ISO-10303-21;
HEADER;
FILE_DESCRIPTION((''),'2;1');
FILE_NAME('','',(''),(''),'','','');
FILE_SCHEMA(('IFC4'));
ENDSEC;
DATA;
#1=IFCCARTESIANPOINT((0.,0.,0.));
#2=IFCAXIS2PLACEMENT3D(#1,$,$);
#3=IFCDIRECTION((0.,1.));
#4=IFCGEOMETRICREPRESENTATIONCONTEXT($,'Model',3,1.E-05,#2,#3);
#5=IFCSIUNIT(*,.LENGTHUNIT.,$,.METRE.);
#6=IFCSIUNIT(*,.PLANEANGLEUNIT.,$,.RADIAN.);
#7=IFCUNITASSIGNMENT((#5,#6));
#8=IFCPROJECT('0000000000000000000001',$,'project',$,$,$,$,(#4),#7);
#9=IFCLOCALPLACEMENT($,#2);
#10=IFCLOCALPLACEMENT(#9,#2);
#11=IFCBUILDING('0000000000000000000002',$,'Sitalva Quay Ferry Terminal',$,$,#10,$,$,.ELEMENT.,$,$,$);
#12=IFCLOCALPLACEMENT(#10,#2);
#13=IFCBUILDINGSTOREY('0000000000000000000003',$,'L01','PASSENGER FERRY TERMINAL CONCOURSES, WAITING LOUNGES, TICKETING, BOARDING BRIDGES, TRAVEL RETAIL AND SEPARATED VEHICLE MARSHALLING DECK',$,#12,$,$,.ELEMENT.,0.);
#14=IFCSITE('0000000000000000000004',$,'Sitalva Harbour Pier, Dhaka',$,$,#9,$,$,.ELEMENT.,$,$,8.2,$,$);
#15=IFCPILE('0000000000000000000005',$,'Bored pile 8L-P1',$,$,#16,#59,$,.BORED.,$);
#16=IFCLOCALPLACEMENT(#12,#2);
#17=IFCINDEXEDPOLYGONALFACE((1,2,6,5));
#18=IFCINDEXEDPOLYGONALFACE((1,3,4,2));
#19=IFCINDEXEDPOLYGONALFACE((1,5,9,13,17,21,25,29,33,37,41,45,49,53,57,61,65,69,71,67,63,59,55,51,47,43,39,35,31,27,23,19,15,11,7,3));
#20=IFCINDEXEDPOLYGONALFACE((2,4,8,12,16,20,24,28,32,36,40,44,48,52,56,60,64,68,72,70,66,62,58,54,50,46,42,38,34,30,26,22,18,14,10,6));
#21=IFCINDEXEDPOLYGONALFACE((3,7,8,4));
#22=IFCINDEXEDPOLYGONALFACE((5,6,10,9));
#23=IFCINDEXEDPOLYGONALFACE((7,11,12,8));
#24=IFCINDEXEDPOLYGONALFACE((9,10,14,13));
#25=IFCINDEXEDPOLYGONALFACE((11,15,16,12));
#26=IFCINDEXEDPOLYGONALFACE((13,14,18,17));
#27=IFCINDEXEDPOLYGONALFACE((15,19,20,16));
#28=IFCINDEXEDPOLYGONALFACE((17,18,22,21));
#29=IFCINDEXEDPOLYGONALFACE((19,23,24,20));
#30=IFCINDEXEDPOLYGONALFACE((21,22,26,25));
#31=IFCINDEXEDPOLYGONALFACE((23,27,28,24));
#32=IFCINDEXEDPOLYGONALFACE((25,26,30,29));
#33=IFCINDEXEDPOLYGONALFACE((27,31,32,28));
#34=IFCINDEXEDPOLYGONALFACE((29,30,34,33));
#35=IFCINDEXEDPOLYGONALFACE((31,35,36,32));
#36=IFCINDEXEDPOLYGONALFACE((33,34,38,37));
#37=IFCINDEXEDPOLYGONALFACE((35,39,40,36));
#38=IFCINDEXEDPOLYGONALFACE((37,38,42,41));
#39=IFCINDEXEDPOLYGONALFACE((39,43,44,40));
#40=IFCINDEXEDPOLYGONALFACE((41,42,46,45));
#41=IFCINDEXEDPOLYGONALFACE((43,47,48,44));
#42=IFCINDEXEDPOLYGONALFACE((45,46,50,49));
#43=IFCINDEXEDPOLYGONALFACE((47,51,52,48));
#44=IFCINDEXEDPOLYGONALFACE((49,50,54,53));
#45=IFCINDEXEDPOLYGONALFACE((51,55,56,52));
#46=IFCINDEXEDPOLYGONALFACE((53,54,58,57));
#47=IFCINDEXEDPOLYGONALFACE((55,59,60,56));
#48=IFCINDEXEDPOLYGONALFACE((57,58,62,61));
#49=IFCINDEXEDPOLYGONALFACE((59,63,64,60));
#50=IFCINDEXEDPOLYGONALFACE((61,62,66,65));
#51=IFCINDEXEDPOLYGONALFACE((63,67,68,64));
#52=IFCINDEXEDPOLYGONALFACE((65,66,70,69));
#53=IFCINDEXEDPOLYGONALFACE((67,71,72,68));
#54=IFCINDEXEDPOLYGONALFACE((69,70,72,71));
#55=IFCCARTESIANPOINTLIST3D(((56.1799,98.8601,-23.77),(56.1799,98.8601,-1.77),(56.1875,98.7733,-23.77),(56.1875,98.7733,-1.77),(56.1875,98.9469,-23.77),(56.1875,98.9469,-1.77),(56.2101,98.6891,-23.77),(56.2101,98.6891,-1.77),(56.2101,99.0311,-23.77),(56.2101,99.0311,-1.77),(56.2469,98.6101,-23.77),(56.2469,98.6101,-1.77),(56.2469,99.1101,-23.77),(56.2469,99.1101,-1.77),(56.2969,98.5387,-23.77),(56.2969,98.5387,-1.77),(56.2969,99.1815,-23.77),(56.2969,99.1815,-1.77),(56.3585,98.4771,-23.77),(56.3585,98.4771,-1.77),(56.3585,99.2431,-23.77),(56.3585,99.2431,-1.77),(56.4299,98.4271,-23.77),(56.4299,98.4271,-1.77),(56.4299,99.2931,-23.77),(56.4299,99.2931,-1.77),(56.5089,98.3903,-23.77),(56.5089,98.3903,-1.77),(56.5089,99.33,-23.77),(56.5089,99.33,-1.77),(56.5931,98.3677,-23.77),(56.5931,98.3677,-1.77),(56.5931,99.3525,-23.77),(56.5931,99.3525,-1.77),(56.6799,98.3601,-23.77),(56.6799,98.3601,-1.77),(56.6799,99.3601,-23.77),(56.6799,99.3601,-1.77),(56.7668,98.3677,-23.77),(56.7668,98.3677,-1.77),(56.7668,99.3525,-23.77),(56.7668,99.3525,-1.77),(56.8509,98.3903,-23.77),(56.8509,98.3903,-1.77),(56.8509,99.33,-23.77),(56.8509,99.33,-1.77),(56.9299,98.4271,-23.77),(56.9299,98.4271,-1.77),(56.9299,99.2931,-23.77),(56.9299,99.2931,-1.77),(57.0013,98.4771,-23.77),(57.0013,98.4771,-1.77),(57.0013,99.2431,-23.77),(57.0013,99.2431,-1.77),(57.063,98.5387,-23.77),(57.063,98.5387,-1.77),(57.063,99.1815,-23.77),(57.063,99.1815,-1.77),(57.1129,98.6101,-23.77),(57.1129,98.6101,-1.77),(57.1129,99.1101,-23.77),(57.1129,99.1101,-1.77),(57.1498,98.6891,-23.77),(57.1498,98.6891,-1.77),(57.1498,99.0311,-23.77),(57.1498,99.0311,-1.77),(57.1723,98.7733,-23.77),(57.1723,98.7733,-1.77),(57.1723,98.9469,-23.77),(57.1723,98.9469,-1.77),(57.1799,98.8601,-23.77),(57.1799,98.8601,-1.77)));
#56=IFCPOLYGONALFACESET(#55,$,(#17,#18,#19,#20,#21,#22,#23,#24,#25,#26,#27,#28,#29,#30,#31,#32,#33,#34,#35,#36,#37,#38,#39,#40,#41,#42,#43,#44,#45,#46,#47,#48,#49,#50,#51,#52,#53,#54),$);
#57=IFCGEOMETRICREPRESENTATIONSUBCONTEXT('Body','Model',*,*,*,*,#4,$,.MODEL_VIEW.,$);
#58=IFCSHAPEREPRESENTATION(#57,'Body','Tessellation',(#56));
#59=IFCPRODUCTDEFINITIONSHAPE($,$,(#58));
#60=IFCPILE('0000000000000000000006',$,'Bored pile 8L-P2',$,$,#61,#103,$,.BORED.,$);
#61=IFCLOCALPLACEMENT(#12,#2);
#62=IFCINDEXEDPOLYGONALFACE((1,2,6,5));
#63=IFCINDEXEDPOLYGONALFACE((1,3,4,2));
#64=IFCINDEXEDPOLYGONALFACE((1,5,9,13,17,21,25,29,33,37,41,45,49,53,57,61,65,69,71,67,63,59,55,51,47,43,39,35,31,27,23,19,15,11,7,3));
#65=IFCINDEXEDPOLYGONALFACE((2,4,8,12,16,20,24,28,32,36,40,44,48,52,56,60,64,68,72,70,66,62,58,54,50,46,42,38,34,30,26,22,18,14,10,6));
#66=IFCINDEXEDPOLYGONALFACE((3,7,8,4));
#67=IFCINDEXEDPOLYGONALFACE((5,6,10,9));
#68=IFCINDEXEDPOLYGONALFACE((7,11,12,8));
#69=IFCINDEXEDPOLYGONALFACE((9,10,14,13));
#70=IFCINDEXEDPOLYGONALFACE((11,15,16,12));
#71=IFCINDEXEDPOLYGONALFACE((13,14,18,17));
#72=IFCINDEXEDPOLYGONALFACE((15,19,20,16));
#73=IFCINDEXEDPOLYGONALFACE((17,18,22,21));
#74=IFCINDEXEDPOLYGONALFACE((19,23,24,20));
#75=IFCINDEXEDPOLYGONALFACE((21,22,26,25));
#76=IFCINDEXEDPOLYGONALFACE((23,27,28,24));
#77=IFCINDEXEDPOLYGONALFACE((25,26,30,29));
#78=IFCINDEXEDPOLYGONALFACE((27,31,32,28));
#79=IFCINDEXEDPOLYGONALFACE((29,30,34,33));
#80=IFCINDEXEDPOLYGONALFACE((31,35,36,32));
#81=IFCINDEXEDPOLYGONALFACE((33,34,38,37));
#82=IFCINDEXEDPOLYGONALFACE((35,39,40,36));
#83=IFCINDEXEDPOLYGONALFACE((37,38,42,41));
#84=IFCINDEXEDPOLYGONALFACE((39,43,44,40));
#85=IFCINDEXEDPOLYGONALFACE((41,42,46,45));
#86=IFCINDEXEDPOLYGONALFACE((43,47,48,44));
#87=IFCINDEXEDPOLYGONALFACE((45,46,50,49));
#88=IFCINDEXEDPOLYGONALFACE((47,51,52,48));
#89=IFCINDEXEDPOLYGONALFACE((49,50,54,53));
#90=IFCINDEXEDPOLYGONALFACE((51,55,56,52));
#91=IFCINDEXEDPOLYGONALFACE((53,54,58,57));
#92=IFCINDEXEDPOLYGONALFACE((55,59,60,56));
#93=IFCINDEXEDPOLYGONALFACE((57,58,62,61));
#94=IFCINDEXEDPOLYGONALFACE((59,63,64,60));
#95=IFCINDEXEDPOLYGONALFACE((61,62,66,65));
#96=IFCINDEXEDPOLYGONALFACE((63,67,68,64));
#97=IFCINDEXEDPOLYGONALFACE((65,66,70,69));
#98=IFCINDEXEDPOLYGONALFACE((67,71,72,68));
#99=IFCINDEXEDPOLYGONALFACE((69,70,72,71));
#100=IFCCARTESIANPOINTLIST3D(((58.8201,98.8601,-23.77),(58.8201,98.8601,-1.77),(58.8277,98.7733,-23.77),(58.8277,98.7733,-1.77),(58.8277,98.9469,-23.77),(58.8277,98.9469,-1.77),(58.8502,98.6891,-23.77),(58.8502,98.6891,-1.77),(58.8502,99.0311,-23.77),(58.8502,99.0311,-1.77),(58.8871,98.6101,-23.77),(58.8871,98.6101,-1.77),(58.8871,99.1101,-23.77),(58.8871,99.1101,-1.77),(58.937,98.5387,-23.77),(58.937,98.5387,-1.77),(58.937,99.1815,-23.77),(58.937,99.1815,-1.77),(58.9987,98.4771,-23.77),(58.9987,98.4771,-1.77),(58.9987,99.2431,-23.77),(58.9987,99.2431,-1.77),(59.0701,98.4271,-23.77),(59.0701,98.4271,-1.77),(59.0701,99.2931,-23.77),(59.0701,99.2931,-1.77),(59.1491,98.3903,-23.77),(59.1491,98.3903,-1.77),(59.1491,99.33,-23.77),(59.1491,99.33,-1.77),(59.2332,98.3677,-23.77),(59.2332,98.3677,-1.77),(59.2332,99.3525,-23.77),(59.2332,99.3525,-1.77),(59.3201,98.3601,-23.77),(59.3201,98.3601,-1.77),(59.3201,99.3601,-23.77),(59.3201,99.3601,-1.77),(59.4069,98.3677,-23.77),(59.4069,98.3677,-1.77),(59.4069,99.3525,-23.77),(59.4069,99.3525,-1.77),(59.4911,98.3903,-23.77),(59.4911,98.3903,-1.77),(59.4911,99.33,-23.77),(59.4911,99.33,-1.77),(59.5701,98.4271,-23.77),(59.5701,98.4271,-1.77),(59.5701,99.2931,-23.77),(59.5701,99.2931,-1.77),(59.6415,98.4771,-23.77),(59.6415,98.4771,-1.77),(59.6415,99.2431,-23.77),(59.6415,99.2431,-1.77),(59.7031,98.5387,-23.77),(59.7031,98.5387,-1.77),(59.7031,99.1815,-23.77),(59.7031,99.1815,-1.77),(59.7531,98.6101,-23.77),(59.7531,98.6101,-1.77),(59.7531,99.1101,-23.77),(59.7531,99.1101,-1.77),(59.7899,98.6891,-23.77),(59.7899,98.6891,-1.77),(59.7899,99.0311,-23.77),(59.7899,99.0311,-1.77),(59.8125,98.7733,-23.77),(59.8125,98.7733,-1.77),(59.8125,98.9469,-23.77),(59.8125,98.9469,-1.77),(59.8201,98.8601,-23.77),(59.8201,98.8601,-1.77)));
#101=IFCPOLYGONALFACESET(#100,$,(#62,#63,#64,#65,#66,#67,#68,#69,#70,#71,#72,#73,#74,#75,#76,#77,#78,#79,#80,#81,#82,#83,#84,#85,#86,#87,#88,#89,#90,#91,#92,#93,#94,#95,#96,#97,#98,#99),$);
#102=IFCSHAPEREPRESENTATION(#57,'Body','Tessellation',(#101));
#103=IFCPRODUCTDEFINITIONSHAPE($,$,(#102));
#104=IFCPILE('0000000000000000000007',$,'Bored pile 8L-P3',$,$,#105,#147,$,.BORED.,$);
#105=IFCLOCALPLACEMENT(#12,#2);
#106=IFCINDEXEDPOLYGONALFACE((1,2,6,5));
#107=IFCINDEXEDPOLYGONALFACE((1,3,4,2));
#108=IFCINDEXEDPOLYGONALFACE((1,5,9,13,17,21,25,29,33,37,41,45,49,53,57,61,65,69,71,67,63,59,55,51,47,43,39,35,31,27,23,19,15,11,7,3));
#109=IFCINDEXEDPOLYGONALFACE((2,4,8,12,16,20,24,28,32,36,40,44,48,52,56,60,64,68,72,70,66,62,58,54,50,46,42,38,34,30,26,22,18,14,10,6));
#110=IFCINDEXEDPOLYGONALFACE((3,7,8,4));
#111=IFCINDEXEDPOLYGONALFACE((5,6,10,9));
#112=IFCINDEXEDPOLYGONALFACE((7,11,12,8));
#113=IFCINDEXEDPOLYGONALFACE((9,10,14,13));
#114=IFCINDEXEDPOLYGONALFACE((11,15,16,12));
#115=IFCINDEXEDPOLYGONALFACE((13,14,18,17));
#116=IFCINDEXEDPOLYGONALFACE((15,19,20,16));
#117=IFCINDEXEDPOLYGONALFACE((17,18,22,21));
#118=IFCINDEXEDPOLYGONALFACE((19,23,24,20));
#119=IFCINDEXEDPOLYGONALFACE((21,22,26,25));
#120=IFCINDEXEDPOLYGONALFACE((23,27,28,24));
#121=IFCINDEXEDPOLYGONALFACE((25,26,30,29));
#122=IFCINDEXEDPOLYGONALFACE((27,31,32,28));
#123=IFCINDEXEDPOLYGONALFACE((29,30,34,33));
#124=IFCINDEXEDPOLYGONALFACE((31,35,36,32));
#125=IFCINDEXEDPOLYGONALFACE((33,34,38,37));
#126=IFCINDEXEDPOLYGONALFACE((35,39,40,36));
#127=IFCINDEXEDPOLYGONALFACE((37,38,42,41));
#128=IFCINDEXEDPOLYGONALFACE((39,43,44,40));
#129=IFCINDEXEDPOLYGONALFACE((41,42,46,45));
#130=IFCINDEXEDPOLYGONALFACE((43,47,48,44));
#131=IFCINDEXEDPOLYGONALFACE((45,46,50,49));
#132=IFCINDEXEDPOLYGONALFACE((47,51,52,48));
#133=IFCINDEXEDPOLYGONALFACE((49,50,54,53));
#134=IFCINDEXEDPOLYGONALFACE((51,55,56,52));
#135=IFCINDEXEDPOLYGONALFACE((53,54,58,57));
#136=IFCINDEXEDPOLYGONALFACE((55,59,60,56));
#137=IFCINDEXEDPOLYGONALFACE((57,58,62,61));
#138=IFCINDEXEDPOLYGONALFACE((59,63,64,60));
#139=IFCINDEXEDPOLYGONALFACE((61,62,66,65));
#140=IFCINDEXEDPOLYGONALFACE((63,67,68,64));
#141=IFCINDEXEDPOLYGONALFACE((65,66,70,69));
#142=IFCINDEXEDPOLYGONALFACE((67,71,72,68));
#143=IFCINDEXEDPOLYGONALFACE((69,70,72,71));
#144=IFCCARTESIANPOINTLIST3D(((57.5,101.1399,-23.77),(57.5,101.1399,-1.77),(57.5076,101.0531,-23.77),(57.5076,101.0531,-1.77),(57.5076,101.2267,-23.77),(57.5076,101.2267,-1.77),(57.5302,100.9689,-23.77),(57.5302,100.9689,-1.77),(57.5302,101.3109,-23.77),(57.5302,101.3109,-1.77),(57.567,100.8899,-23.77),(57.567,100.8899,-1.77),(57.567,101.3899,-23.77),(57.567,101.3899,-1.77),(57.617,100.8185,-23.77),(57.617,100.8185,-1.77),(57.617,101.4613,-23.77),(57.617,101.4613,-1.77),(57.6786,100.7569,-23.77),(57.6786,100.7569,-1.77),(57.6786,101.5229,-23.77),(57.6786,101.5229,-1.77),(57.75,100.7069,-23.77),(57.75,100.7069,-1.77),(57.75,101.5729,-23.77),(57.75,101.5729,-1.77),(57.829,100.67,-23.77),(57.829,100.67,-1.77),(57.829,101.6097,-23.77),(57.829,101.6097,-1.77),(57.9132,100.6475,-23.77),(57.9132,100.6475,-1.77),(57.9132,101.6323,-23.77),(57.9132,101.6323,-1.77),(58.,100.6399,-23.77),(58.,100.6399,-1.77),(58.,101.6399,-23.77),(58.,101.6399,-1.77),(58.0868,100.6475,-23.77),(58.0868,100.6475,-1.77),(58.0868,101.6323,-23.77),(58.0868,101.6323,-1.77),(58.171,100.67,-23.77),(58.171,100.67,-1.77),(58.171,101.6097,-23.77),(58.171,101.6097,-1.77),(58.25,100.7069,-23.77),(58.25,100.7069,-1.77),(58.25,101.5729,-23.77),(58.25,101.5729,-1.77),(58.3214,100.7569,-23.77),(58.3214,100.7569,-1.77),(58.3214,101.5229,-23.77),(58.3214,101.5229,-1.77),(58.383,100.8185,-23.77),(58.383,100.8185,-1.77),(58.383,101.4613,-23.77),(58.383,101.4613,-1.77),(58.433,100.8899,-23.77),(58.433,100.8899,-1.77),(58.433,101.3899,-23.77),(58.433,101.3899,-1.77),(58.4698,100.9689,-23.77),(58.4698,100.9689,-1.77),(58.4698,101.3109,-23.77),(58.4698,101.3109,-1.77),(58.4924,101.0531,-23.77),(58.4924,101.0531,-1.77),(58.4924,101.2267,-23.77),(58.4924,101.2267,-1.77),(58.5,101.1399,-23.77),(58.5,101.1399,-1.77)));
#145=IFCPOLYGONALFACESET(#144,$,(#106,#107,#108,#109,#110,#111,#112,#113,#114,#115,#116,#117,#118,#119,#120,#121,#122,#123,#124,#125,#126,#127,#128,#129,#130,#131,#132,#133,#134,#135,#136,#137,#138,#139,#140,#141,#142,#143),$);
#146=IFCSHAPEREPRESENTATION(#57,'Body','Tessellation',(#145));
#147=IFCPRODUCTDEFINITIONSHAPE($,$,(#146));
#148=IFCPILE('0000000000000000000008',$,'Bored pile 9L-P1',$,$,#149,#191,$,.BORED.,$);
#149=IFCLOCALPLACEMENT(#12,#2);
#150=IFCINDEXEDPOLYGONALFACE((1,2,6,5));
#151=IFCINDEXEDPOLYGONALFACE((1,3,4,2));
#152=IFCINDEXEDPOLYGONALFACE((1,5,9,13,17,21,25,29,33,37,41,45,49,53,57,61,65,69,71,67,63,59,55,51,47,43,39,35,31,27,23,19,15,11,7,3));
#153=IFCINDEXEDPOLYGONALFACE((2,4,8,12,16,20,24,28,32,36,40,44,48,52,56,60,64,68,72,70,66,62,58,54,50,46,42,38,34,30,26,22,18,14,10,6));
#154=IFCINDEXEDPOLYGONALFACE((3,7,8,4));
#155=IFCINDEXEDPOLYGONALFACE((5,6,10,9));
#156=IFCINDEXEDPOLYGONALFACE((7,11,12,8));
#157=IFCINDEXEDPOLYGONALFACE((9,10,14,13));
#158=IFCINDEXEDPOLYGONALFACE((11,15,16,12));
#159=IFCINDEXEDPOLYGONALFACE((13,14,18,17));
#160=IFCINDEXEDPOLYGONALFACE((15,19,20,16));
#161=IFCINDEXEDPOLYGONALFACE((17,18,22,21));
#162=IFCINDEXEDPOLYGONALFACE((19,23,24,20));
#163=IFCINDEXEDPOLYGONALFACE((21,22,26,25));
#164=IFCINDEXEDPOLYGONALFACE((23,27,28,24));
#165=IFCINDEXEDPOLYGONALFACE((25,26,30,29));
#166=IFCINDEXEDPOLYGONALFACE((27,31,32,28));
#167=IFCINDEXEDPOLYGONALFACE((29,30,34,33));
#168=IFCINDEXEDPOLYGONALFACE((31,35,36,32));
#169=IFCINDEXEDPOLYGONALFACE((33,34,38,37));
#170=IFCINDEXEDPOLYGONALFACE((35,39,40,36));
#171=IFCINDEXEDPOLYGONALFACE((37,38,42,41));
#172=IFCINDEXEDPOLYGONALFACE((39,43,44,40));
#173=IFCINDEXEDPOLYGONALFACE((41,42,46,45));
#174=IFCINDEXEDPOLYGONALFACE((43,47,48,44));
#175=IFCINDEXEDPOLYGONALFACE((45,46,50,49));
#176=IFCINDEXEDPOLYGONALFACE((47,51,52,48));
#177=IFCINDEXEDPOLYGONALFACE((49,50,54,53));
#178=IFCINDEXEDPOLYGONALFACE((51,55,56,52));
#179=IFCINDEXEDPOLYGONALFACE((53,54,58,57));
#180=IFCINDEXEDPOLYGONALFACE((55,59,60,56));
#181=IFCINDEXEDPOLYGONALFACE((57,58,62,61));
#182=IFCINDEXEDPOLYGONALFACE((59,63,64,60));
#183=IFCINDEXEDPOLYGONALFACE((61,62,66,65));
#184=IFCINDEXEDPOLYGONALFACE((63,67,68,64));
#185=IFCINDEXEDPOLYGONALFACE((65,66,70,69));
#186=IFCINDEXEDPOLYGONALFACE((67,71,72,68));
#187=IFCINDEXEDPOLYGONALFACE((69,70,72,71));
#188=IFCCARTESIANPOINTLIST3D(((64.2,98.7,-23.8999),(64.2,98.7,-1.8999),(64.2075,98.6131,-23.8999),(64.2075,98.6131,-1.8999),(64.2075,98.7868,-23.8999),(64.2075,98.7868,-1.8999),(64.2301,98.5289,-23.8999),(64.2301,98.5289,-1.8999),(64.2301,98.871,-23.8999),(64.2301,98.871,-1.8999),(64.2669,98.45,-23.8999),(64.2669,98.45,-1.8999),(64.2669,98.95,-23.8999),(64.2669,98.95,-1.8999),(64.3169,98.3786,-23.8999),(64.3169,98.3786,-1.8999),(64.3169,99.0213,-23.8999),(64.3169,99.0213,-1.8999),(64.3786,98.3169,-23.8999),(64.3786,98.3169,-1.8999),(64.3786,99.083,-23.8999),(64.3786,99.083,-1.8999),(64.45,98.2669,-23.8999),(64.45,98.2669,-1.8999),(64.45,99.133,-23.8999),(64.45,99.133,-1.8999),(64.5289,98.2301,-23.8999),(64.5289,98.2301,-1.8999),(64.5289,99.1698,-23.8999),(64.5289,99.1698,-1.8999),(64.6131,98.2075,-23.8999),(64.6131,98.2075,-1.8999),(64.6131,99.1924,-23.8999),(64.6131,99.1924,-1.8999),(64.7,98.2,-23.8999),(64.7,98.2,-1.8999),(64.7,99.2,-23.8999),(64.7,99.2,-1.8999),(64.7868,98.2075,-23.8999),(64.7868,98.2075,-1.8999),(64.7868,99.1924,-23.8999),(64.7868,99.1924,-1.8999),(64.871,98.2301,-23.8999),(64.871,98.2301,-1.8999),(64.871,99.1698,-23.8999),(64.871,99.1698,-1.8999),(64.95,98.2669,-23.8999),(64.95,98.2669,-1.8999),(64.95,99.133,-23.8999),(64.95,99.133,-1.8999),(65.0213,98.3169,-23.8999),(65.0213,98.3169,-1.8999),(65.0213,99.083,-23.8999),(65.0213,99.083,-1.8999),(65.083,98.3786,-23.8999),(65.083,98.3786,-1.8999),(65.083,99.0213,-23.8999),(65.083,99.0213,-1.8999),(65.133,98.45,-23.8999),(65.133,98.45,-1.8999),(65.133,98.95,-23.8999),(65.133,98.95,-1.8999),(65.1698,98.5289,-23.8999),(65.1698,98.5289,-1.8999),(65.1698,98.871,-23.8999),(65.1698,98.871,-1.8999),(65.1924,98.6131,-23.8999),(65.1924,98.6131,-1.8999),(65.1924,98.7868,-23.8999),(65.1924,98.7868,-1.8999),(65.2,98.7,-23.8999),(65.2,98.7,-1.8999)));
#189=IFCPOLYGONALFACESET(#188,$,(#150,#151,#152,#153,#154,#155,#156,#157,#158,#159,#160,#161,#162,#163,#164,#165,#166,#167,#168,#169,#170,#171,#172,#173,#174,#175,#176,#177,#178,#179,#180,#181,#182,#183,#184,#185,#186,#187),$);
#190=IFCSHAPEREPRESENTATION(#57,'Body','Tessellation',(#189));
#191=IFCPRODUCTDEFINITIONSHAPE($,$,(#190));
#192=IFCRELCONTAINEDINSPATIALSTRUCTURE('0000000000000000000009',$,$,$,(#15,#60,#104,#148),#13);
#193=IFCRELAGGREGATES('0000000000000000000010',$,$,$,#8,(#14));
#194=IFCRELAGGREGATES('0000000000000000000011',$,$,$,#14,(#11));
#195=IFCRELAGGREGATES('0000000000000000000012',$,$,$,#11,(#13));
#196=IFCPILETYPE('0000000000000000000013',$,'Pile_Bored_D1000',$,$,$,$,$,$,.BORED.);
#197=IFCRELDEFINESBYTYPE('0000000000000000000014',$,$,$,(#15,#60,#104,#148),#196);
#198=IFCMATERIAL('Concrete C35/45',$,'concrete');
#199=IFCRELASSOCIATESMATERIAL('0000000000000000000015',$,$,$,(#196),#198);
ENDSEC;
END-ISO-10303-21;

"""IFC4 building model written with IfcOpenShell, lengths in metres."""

from ifc_helpers import new_model, si_unit, direction, frame, origin, origin_2d, place, context, subcontext, project, spatial, circle, extrude, material, material_profile, profile_set, type_object, element, save


model = new_model("IFC4")

# Units and contexts
model_context = context("Model", 3, precision=1e-05, world=origin(), true_north=direction((0.0, 1.0)))
body_context = subcontext(model_context, "Body", "Model", "MODEL_VIEW")
ifc_project = project(units=[si_unit("LENGTHUNIT", "METRE"), si_unit("PLANEANGLEUNIT", "RADIAN")], contexts=[model_context])

# Site, building, storey
site_placement = place(None, origin())
site = spatial("IfcSite", under=ifc_project, at=site_placement, Name="Sitalva Harbour Pier, Dhaka", CompositionType="ELEMENT", RefElevation=8.2)
building_placement = place(site_placement, origin())
building = spatial("IfcBuilding", under=site, at=building_placement, Name="Sitalva Quay Ferry Terminal", CompositionType="ELEMENT")
storey_placement = place(building_placement, origin())
storey = spatial("IfcBuildingStorey", under=building, at=storey_placement, Name="L01", Description="PASSENGER FERRY TERMINAL CONCOURSES, WAITING LOUNGES, TICKETING, BOARDING BRIDGES, TRAVEL RETAIL AND SEPARATED VEHICLE MARSHALLING DECK", CompositionType="ELEMENT", Elevation=0.0)

# Piles
ifc_material_1 = material(Name="Concrete C35/45", Category="concrete")
ifc_material_profile_1 = material_profile(ifc_material_1, circle(Radius=0.5, at=origin_2d()), Name="PILE-D1000")
ifc_profile_set_1 = profile_set([ifc_material_profile_1], Name="Concrete C35/45")
pile_type = type_object("IfcPileType", Name="Pile_Bored_D1000", PredefinedType="BORED", material=ifc_profile_set_1)
for number, where, z_axis, x_axis, name in (
    (1, (56.6799, 98.8601, -1.77), (0.0, 0.0, -1.0), (1.0, 0.0, 0.0), "Bored pile 8L-P1"),
    (2, (59.3201, 98.8601, -1.77), (0.0, 0.0, -1.0), (1.0, 0.0, 0.0), "Bored pile 8L-P2"),
    (3, (58.0, 101.1399, -1.77), (0.0, 0.0, -1.0), (1.0, 0.0, 0.0), "Bored pile 8L-P3"),
    (4, (64.7, 98.7, -1.8999), (0.0, 0.0, -1.0), (1.0, 0.0, 0.0), "Bored pile 9L-P1"),
):
    element("IfcPile", number, at=place(storey_placement, frame(where, z_axis=z_axis, x_axis=x_axis)), inside=storey, type_object=pile_type, Name=name, PredefinedType="BORED", context=body_context, shape_type="SweptSolid", body=[
        extrude(circle(Radius=0.5, at=origin_2d()), origin(), (0.0, 0.0, 1.0), 22.0),
    ])

save(model, "model.ifc")
